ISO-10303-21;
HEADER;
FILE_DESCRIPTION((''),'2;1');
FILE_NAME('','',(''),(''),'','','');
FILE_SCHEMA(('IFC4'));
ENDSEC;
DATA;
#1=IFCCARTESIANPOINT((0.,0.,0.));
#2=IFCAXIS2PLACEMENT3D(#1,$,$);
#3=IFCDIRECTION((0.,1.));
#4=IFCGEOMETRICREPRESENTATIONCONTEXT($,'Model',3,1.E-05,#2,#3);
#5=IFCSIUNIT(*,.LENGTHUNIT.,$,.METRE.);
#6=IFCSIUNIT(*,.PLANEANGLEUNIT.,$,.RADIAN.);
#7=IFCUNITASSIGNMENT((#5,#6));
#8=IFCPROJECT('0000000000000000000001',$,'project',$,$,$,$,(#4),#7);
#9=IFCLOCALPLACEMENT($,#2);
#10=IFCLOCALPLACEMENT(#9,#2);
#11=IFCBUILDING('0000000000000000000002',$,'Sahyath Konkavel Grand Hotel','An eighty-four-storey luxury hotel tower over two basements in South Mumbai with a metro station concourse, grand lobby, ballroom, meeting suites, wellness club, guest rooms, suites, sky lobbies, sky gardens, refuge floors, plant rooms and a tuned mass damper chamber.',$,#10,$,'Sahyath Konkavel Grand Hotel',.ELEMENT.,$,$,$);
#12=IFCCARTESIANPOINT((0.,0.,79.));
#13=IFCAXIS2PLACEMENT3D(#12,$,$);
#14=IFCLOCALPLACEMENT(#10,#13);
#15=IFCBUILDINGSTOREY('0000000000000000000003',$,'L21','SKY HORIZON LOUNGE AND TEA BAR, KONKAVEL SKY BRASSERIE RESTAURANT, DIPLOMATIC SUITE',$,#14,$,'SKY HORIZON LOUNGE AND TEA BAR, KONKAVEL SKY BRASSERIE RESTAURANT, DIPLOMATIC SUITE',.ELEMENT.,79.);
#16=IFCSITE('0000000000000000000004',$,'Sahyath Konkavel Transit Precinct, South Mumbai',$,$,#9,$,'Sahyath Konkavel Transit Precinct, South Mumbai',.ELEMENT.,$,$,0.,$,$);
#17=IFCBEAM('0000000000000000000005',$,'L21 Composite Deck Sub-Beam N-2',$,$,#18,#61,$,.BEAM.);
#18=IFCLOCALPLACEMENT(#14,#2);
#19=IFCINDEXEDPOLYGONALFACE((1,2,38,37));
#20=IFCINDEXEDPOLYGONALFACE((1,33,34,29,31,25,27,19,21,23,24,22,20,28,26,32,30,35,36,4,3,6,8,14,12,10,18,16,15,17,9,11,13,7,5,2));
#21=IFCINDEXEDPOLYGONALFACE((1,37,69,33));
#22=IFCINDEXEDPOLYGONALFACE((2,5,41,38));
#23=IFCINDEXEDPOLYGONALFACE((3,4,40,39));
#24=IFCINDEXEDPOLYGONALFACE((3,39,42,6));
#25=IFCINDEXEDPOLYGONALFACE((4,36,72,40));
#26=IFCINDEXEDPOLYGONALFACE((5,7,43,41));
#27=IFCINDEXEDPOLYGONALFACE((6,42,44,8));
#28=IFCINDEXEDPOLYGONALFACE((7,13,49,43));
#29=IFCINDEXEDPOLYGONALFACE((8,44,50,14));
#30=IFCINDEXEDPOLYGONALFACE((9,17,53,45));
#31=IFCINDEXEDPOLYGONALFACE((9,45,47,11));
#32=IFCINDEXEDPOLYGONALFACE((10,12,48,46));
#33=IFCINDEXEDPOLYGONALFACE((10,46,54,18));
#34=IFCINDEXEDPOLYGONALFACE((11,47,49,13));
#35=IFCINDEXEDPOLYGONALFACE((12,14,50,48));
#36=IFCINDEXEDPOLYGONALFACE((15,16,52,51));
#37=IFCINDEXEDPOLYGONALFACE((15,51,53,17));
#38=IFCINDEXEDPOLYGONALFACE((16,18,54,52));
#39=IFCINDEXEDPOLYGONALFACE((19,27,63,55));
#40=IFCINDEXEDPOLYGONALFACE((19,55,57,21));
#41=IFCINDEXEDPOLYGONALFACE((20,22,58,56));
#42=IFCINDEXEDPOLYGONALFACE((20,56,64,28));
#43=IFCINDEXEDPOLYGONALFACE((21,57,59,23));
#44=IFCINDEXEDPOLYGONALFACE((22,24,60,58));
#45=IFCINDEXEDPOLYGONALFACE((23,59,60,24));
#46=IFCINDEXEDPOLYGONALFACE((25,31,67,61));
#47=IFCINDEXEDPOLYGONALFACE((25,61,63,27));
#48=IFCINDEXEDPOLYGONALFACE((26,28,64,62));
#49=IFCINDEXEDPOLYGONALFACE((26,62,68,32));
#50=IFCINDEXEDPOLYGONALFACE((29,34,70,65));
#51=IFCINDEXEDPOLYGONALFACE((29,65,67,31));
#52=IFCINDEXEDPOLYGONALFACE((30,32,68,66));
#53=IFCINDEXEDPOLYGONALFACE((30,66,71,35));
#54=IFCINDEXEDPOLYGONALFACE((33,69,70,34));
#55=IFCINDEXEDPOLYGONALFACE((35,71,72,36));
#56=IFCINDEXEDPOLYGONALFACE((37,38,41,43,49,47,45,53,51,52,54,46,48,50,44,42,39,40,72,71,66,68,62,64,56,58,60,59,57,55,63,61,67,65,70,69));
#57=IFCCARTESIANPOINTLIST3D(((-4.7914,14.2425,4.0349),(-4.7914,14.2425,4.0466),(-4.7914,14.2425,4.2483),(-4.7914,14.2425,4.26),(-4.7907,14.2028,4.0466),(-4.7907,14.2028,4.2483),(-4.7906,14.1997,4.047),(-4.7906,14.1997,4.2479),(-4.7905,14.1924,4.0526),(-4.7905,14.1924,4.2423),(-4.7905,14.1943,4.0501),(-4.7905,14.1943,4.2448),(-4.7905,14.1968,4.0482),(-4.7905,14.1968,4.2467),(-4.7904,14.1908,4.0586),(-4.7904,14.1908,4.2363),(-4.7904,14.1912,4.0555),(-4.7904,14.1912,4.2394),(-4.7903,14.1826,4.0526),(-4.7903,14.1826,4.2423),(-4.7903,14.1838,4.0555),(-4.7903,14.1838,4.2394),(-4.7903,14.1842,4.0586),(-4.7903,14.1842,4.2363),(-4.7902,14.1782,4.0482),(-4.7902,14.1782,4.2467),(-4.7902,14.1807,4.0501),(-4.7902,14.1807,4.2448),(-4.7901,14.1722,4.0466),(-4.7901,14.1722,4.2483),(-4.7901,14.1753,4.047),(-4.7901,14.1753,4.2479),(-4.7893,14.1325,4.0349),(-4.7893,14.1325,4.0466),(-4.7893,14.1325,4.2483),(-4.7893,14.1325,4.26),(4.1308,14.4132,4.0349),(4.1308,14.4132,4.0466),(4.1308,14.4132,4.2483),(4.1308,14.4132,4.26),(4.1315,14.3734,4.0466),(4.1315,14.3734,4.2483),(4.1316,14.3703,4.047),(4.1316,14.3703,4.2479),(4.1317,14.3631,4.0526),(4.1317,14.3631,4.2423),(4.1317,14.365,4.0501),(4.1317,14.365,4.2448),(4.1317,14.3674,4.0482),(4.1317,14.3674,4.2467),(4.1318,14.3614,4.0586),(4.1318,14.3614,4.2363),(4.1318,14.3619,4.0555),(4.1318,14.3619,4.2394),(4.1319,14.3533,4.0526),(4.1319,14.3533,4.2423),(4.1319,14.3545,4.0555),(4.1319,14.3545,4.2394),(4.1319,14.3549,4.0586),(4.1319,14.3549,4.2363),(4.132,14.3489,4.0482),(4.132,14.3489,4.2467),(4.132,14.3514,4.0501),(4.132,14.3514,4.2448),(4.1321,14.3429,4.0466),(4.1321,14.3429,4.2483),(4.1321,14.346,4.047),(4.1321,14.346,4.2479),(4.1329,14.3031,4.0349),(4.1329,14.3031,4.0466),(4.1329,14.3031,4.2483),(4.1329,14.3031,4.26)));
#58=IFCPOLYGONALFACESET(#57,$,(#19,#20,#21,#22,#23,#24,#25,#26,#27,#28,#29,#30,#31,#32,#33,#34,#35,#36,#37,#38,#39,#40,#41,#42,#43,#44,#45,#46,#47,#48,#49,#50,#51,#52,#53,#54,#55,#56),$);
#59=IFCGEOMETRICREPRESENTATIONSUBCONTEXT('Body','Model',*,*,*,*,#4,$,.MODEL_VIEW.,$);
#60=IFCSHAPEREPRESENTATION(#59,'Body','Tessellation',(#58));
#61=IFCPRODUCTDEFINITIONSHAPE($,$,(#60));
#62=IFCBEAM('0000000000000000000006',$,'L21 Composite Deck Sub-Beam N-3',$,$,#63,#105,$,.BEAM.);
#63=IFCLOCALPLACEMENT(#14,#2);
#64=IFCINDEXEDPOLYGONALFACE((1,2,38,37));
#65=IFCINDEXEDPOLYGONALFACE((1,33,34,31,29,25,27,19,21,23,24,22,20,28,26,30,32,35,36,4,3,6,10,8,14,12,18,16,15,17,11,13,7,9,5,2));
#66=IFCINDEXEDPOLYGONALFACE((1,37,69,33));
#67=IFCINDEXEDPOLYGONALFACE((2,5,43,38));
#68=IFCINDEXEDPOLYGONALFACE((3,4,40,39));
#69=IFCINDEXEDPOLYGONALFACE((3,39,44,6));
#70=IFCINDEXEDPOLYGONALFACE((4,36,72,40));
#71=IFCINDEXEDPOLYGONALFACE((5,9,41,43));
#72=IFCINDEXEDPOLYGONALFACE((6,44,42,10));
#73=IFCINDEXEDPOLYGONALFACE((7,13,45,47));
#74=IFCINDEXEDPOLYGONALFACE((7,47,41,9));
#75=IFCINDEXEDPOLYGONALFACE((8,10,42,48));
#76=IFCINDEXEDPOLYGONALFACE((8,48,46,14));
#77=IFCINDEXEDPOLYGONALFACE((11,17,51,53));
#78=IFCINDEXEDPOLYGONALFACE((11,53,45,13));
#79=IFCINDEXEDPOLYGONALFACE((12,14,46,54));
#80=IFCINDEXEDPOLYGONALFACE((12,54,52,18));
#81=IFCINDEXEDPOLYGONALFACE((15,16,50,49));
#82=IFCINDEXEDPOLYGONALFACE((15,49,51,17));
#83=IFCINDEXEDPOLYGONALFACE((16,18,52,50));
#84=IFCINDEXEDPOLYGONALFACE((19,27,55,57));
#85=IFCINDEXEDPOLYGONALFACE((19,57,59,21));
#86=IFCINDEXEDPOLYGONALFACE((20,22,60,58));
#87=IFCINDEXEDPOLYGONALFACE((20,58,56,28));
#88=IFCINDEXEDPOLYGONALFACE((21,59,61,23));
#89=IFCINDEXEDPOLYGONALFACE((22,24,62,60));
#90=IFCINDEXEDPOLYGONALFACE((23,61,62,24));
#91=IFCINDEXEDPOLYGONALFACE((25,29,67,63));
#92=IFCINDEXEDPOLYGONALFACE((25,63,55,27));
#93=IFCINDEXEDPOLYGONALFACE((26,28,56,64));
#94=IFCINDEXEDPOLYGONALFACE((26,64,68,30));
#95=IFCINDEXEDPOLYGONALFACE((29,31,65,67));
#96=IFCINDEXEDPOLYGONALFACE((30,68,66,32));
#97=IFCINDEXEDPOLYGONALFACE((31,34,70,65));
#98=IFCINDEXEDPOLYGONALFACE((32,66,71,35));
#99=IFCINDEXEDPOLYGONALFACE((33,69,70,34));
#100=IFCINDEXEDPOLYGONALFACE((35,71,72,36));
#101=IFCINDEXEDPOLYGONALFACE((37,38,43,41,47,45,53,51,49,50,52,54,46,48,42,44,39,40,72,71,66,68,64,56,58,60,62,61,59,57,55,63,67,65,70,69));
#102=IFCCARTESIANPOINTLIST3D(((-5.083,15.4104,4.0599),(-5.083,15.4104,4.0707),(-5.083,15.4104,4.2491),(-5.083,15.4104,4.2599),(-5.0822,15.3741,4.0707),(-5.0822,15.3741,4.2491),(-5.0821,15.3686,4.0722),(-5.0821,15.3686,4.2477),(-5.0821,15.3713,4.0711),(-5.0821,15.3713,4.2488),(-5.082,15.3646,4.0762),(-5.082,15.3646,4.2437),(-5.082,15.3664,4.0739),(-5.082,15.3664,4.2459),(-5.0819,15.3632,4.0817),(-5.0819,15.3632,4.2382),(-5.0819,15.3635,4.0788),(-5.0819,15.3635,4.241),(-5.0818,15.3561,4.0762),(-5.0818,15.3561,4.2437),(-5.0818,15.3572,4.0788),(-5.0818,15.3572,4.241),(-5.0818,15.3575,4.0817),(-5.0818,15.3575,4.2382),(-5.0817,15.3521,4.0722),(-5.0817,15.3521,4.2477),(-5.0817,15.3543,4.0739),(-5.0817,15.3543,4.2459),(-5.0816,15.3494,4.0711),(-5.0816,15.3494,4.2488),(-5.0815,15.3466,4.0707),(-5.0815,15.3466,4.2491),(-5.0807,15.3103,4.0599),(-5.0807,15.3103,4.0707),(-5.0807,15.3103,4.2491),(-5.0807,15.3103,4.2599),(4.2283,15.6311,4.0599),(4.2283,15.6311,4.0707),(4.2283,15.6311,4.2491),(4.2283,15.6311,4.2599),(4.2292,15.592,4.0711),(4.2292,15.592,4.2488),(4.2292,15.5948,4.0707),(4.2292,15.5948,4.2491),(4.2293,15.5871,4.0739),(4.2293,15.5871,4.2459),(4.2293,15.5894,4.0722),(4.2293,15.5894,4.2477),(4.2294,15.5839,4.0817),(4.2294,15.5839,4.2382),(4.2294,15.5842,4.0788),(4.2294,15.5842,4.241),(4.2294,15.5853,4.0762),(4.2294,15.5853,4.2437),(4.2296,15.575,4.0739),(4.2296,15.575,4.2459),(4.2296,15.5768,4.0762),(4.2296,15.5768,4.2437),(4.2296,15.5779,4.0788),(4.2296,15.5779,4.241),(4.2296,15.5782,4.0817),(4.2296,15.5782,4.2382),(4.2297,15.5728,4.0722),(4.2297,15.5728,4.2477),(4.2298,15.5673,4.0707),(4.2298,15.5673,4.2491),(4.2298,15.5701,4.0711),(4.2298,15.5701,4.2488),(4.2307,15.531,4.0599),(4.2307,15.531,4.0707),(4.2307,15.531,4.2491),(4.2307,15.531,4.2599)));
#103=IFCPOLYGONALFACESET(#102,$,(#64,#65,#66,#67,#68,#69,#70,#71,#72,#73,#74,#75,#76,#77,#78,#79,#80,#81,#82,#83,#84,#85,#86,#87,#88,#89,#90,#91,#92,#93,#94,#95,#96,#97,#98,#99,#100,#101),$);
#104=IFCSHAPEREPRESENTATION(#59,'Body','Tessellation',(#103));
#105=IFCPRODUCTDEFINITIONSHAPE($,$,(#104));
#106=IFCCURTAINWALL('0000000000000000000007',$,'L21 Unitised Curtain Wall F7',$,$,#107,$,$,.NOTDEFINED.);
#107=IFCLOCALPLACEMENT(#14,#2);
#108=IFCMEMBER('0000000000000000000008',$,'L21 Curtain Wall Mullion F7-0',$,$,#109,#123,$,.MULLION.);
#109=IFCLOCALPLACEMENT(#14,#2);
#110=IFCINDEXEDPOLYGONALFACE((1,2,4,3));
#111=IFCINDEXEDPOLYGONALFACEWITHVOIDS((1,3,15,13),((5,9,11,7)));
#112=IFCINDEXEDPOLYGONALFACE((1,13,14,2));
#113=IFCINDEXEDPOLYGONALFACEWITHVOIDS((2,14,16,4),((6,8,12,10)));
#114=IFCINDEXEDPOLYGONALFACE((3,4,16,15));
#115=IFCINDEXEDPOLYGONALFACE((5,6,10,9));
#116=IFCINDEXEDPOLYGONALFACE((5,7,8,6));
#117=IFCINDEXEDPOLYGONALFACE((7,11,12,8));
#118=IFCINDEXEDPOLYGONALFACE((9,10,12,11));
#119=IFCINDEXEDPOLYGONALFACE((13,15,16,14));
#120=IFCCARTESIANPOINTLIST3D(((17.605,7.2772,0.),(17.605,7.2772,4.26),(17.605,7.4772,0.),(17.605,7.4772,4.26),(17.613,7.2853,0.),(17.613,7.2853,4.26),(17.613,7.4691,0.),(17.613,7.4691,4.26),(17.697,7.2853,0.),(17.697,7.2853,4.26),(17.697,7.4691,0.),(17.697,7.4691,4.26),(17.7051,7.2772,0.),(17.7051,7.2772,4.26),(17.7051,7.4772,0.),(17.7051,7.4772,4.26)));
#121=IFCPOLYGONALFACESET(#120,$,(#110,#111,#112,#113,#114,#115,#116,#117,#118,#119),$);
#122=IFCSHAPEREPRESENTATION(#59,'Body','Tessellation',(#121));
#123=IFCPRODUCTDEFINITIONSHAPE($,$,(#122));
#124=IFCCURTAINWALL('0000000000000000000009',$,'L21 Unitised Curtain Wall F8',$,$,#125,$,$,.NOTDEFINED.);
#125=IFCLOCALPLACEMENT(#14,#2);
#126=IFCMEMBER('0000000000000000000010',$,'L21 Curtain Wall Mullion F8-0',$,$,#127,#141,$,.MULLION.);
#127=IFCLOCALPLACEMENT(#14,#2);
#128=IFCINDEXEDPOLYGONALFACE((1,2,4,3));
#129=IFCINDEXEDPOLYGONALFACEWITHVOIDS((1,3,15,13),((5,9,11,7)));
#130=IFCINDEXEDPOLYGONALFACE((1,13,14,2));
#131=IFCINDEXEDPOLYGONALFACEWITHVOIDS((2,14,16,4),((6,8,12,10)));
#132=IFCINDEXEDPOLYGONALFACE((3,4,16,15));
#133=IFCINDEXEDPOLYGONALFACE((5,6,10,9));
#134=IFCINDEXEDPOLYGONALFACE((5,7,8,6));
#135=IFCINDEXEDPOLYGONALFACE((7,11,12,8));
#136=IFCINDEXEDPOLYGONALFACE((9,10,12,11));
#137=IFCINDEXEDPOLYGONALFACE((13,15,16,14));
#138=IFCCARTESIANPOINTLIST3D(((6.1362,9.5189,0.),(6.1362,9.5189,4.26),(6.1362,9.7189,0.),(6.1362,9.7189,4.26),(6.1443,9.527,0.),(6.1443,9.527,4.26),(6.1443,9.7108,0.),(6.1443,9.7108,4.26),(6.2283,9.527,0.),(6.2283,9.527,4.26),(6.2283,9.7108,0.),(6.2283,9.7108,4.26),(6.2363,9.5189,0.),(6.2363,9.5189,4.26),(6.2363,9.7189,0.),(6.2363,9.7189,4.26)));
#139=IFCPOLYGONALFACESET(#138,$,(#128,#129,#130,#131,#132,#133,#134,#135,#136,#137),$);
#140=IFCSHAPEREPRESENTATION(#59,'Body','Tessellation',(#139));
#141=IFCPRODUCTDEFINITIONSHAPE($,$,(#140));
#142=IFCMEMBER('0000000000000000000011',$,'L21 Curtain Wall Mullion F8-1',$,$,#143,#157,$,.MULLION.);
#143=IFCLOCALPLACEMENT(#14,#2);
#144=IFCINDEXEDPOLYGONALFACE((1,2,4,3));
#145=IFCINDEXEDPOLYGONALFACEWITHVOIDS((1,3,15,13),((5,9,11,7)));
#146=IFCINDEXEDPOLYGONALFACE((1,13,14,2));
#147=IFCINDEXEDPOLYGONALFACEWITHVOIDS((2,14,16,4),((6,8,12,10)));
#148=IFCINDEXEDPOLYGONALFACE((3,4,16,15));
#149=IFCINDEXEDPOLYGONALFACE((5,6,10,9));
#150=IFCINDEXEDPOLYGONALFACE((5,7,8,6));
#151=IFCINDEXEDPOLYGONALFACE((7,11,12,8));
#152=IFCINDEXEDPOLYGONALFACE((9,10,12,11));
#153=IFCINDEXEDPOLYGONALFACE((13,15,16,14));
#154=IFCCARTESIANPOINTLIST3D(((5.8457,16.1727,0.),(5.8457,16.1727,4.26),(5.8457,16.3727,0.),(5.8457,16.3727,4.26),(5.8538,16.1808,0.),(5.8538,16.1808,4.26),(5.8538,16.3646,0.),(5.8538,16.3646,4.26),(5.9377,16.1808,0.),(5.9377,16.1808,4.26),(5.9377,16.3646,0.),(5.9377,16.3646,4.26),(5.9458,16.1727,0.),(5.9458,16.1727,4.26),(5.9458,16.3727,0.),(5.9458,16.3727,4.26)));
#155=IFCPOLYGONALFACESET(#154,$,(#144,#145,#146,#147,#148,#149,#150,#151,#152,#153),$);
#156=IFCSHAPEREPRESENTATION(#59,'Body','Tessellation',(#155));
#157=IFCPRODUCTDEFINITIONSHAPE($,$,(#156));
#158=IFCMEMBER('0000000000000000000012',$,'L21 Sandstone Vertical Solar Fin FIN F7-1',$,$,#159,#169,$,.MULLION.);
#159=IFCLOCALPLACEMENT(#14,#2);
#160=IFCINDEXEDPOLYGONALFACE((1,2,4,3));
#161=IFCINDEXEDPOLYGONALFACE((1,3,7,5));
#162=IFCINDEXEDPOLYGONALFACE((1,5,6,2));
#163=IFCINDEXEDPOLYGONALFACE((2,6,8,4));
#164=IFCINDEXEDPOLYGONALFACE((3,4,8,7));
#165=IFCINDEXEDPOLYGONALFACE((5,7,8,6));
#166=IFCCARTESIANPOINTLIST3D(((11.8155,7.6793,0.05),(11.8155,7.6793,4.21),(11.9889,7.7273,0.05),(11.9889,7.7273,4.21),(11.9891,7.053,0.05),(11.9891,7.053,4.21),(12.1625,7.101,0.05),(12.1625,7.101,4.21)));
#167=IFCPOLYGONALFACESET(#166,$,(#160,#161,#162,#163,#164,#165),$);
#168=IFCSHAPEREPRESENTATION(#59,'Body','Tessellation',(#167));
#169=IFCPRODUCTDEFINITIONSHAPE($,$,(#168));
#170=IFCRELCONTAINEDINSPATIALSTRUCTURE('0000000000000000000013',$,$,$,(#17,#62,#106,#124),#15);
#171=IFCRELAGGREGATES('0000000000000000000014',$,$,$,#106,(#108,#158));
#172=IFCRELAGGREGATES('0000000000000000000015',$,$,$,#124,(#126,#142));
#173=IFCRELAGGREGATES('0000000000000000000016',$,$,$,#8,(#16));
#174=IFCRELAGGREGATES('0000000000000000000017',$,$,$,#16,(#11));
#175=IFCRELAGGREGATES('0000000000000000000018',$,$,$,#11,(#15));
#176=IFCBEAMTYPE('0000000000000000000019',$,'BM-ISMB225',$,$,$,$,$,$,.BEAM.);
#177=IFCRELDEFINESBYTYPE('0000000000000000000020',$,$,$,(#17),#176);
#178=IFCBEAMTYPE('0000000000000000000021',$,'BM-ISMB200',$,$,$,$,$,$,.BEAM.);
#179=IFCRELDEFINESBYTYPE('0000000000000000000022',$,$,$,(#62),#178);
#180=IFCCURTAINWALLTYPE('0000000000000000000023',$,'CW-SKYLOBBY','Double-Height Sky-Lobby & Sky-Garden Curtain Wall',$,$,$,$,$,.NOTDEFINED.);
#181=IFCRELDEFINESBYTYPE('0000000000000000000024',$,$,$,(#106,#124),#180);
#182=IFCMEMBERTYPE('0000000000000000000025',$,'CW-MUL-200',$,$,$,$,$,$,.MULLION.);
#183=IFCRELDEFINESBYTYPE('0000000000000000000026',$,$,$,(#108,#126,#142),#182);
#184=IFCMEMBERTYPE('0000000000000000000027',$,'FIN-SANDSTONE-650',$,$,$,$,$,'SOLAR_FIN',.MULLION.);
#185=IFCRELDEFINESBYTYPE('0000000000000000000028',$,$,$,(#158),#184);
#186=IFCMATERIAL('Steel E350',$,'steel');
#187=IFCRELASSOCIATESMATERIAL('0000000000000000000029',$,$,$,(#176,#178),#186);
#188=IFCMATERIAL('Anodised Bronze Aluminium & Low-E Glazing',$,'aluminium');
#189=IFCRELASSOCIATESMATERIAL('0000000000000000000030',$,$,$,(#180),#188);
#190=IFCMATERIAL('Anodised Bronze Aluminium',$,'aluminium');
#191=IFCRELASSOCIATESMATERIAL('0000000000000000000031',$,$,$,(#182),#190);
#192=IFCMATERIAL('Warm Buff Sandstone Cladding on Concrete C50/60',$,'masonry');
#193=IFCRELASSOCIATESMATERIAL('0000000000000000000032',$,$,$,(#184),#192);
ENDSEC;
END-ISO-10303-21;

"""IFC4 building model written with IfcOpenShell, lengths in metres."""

from ifc_helpers import new_model, si_unit, direction, frame, origin, origin_2d, place, context, subcontext, project, spatial, rectangle, hollow_rectangle, i_section, extrude, source, transform, mapped, material, material_profile, profile_set, type_object, element, aggregate, save


model = new_model("IFC4")

# Units and contexts
model_context = context("Model", 3, precision=1e-05, world=origin(), true_north=direction((0.0, 1.0)))
body_context = subcontext(model_context, "Body", "Model", "MODEL_VIEW")
ifc_project = project(units=[si_unit("LENGTHUNIT", "METRE"), si_unit("PLANEANGLEUNIT", "RADIAN")], contexts=[model_context])

# Site, building, storey
site_placement = place(None, origin())
site = spatial("IfcSite", under=ifc_project, at=site_placement, Name="Sahyath Konkavel Transit Precinct, South Mumbai", LongName="Sahyath Konkavel Transit Precinct, South Mumbai", CompositionType="ELEMENT", RefElevation=0.0)
building_placement = place(site_placement, origin())
building = spatial("IfcBuilding", under=site, at=building_placement, Name="Sahyath Konkavel Grand Hotel", Description="An eighty-four-storey luxury hotel tower over two basements in South Mumbai with a metro station concourse, grand lobby, ballroom, meeting suites, wellness club, guest rooms, suites, sky lobbies, sky gardens, refuge floors, plant rooms and a tuned mass damper chamber.", LongName="Sahyath Konkavel Grand Hotel", CompositionType="ELEMENT")
storey_placement = place(building_placement, frame((0.0, 0.0, 79.0)))
storey = spatial("IfcBuildingStorey", under=building, at=storey_placement, Name="L21", Description="SKY HORIZON LOUNGE AND TEA BAR, KONKAVEL SKY BRASSERIE RESTAURANT, DIPLOMATIC SUITE", LongName="SKY HORIZON LOUNGE AND TEA BAR, KONKAVEL SKY BRASSERIE RESTAURANT, DIPLOMATIC SUITE", CompositionType="ELEMENT", Elevation=79.0)

# Beams
ifc_material_1 = material(Name="Steel E350", Category="steel")
ifc_material_profile_1 = material_profile(ifc_material_1, i_section(OverallWidth=0.1101, OverallDepth=0.2251, WebThickness=0.0066, FlangeThickness=0.0117, FilletRadius=0.012, at=origin_2d()), Name="ISMB 225")
ifc_profile_set_1 = profile_set([ifc_material_profile_1], Name="Steel E350")
beam_type_1 = type_object("IfcBeamType", Name="BM-ISMB225", PredefinedType="BEAM", material=ifc_profile_set_1)
shared_shape_1 = source(origin(), body_context, "Body", "SweptSolid", [
    extrude(i_section(OverallWidth=0.1101, OverallDepth=0.2251, WebThickness=0.0066, FlangeThickness=0.0117, FilletRadius=0.012, at=origin_2d()), origin(), (0.0, 0.0, 1.0), 8.9238),
])
beam_1_placement = place(storey_placement, frame((4.1318, 14.3582, 4.1475), z_axis=(-0.999817, -0.019124, 0.0), x_axis=(0.019124, -0.999817, 0.0)))
element("IfcBeam", 1, at=beam_1_placement, inside=storey, type_object=beam_type_1, Name="L21 Composite Deck Sub-Beam N-2", PredefinedType="BEAM", context=body_context, shape_type="MappedRepresentation", body=[
    mapped(shared_shape_1, transform((0.0, 0.0, 0.0), scale=1.0)),
])
ifc_material_profile_2 = material_profile(ifc_material_1, i_section(OverallWidth=0.1001, OverallDepth=0.2, WebThickness=0.0056, FlangeThickness=0.0107, FilletRadius=0.011, at=origin_2d()), Name="ISMB 200")
ifc_profile_set_2 = profile_set([ifc_material_profile_2], Name="Steel E350")
beam_type_2 = type_object("IfcBeamType", Name="BM-ISMB200", PredefinedType="BEAM", material=ifc_profile_set_2)
shared_shape_2 = source(origin(), body_context, "Body", "SweptSolid", [
    extrude(i_section(OverallWidth=0.1001, OverallDepth=0.2, WebThickness=0.0056, FlangeThickness=0.0107, FilletRadius=0.011, at=origin_2d()), origin(), (0.0, 0.0, 1.0), 9.314),
])
beam_2_placement = place(storey_placement, frame((4.2295, 15.5811, 4.1599), z_axis=(-0.999719, -0.023696, 0.0), x_axis=(0.023696, -0.999719, 0.0)))
element("IfcBeam", 2, at=beam_2_placement, inside=storey, type_object=beam_type_2, Name="L21 Composite Deck Sub-Beam N-3", PredefinedType="BEAM", context=body_context, shape_type="MappedRepresentation", body=[
    mapped(shared_shape_2, transform((0.0, 0.0, 0.0), scale=1.0)),
])

# Curtain wall, member
ifc_material_2 = material(Name="Anodised Bronze Aluminium & Low-E Glazing", Category="aluminium")
curtain_wall_type = type_object("IfcCurtainWallType", Name="CW-SKYLOBBY", Description="Double-Height Sky-Lobby & Sky-Garden Curtain Wall", PredefinedType="NOTDEFINED", material=ifc_material_2)
curtain_wall_1_placement = place(storey_placement, origin())
curtain_wall_1 = element("IfcCurtainWall", 3, at=curtain_wall_1_placement, inside=storey, type_object=curtain_wall_type, Name="L21 Unitised Curtain Wall F7", PredefinedType="NOTDEFINED")
ifc_material_3 = material(Name="Anodised Bronze Aluminium", Category="aluminium")
ifc_material_profile_3 = material_profile(ifc_material_3, hollow_rectangle(XDim=0.1001, YDim=0.2, WallThickness=0.0081, at=origin_2d()), Name="RHS 200x100x8")
ifc_profile_set_3 = profile_set([ifc_material_profile_3], Name="Anodised Bronze Aluminium")
member_type_1 = type_object("IfcMemberType", Name="CW-MUL-200", PredefinedType="MULLION", material=ifc_profile_set_3)
shared_shape_3 = source(origin(), body_context, "Body", "SweptSolid", [
    extrude(hollow_rectangle(XDim=0.1001, YDim=0.2, WallThickness=0.0081, at=origin_2d()), origin(), (0.0, 0.0, 1.0), 4.26),
])
member_1_placement = place(storey_placement, frame((17.655, 7.3772, 0.0), z_axis=(0.0, 0.0, 1.0), x_axis=(1.0, 0.0, 0.0)))
member_1 = element("IfcMember", 4, at=member_1_placement, type_object=member_type_1, Name="L21 Curtain Wall Mullion F7-0", PredefinedType="MULLION", context=body_context, shape_type="MappedRepresentation", body=[
    mapped(shared_shape_3, transform((0.0, 0.0, 0.0), scale=1.0)),
])

# Curtain wall, members
curtain_wall_2_placement = place(storey_placement, origin())
curtain_wall_2 = element("IfcCurtainWall", 5, at=curtain_wall_2_placement, inside=storey, type_object=curtain_wall_type, Name="L21 Unitised Curtain Wall F8", PredefinedType="NOTDEFINED")
member_2_placement = place(storey_placement, frame((6.1863, 9.6189, 0.0), z_axis=(0.0, 0.0, 1.0), x_axis=(1.0, 0.0, 0.0)))
member_2 = element("IfcMember", 6, at=member_2_placement, type_object=member_type_1, Name="L21 Curtain Wall Mullion F8-0", PredefinedType="MULLION", context=body_context, shape_type="MappedRepresentation", body=[
    mapped(shared_shape_3, transform((0.0, 0.0, 0.0), scale=1.0)),
])
member_3_placement = place(storey_placement, frame((5.8958, 16.2727, 0.0), z_axis=(0.0, 0.0, 1.0), x_axis=(1.0, 0.0, 0.0)))
member_3 = element("IfcMember", 7, at=member_3_placement, type_object=member_type_1, Name="L21 Curtain Wall Mullion F8-1", PredefinedType="MULLION", context=body_context, shape_type="MappedRepresentation", body=[
    mapped(shared_shape_3, transform((0.0, 0.0, 0.0), scale=1.0)),
])

# Member
ifc_material_4 = material(Name="Warm Buff Sandstone Cladding on Concrete C50/60", Category="masonry")
ifc_material_profile_4 = material_profile(ifc_material_4, rectangle(XDim=0.1799, YDim=0.6499, at=origin_2d()), Name="FIN 180x650")
ifc_profile_set_4 = profile_set([ifc_material_profile_4], Name="Warm Buff Sandstone Cladding on Concrete C50/60")
member_type_2 = type_object("IfcMemberType", Name="FIN-SANDSTONE-650", ElementType="SOLAR_FIN", PredefinedType="MULLION", material=ifc_profile_set_4)
shared_shape_4 = source(origin(), body_context, "Body", "SweptSolid", [
    extrude(rectangle(XDim=0.1799, YDim=0.6499, at=origin_2d()), origin(), (0.0, 0.0, 1.0), 4.1599),
])
member_4_placement = place(storey_placement, frame((11.989, 7.3901, 0.05), z_axis=(0.0, 0.0, 1.0), x_axis=(0.963677, 0.26707, 0.0)))
member_4 = element("IfcMember", 8, at=member_4_placement, type_object=member_type_2, Name="L21 Sandstone Vertical Solar Fin FIN F7-1", PredefinedType="MULLION", context=body_context, shape_type="MappedRepresentation", body=[
    mapped(shared_shape_4, transform((0.0, 0.0, 0.0), scale=1.0)),
])

aggregate(curtain_wall_1, [member_1, member_4])
aggregate(curtain_wall_2, [member_2, member_3])

save(model, "model.ifc")
